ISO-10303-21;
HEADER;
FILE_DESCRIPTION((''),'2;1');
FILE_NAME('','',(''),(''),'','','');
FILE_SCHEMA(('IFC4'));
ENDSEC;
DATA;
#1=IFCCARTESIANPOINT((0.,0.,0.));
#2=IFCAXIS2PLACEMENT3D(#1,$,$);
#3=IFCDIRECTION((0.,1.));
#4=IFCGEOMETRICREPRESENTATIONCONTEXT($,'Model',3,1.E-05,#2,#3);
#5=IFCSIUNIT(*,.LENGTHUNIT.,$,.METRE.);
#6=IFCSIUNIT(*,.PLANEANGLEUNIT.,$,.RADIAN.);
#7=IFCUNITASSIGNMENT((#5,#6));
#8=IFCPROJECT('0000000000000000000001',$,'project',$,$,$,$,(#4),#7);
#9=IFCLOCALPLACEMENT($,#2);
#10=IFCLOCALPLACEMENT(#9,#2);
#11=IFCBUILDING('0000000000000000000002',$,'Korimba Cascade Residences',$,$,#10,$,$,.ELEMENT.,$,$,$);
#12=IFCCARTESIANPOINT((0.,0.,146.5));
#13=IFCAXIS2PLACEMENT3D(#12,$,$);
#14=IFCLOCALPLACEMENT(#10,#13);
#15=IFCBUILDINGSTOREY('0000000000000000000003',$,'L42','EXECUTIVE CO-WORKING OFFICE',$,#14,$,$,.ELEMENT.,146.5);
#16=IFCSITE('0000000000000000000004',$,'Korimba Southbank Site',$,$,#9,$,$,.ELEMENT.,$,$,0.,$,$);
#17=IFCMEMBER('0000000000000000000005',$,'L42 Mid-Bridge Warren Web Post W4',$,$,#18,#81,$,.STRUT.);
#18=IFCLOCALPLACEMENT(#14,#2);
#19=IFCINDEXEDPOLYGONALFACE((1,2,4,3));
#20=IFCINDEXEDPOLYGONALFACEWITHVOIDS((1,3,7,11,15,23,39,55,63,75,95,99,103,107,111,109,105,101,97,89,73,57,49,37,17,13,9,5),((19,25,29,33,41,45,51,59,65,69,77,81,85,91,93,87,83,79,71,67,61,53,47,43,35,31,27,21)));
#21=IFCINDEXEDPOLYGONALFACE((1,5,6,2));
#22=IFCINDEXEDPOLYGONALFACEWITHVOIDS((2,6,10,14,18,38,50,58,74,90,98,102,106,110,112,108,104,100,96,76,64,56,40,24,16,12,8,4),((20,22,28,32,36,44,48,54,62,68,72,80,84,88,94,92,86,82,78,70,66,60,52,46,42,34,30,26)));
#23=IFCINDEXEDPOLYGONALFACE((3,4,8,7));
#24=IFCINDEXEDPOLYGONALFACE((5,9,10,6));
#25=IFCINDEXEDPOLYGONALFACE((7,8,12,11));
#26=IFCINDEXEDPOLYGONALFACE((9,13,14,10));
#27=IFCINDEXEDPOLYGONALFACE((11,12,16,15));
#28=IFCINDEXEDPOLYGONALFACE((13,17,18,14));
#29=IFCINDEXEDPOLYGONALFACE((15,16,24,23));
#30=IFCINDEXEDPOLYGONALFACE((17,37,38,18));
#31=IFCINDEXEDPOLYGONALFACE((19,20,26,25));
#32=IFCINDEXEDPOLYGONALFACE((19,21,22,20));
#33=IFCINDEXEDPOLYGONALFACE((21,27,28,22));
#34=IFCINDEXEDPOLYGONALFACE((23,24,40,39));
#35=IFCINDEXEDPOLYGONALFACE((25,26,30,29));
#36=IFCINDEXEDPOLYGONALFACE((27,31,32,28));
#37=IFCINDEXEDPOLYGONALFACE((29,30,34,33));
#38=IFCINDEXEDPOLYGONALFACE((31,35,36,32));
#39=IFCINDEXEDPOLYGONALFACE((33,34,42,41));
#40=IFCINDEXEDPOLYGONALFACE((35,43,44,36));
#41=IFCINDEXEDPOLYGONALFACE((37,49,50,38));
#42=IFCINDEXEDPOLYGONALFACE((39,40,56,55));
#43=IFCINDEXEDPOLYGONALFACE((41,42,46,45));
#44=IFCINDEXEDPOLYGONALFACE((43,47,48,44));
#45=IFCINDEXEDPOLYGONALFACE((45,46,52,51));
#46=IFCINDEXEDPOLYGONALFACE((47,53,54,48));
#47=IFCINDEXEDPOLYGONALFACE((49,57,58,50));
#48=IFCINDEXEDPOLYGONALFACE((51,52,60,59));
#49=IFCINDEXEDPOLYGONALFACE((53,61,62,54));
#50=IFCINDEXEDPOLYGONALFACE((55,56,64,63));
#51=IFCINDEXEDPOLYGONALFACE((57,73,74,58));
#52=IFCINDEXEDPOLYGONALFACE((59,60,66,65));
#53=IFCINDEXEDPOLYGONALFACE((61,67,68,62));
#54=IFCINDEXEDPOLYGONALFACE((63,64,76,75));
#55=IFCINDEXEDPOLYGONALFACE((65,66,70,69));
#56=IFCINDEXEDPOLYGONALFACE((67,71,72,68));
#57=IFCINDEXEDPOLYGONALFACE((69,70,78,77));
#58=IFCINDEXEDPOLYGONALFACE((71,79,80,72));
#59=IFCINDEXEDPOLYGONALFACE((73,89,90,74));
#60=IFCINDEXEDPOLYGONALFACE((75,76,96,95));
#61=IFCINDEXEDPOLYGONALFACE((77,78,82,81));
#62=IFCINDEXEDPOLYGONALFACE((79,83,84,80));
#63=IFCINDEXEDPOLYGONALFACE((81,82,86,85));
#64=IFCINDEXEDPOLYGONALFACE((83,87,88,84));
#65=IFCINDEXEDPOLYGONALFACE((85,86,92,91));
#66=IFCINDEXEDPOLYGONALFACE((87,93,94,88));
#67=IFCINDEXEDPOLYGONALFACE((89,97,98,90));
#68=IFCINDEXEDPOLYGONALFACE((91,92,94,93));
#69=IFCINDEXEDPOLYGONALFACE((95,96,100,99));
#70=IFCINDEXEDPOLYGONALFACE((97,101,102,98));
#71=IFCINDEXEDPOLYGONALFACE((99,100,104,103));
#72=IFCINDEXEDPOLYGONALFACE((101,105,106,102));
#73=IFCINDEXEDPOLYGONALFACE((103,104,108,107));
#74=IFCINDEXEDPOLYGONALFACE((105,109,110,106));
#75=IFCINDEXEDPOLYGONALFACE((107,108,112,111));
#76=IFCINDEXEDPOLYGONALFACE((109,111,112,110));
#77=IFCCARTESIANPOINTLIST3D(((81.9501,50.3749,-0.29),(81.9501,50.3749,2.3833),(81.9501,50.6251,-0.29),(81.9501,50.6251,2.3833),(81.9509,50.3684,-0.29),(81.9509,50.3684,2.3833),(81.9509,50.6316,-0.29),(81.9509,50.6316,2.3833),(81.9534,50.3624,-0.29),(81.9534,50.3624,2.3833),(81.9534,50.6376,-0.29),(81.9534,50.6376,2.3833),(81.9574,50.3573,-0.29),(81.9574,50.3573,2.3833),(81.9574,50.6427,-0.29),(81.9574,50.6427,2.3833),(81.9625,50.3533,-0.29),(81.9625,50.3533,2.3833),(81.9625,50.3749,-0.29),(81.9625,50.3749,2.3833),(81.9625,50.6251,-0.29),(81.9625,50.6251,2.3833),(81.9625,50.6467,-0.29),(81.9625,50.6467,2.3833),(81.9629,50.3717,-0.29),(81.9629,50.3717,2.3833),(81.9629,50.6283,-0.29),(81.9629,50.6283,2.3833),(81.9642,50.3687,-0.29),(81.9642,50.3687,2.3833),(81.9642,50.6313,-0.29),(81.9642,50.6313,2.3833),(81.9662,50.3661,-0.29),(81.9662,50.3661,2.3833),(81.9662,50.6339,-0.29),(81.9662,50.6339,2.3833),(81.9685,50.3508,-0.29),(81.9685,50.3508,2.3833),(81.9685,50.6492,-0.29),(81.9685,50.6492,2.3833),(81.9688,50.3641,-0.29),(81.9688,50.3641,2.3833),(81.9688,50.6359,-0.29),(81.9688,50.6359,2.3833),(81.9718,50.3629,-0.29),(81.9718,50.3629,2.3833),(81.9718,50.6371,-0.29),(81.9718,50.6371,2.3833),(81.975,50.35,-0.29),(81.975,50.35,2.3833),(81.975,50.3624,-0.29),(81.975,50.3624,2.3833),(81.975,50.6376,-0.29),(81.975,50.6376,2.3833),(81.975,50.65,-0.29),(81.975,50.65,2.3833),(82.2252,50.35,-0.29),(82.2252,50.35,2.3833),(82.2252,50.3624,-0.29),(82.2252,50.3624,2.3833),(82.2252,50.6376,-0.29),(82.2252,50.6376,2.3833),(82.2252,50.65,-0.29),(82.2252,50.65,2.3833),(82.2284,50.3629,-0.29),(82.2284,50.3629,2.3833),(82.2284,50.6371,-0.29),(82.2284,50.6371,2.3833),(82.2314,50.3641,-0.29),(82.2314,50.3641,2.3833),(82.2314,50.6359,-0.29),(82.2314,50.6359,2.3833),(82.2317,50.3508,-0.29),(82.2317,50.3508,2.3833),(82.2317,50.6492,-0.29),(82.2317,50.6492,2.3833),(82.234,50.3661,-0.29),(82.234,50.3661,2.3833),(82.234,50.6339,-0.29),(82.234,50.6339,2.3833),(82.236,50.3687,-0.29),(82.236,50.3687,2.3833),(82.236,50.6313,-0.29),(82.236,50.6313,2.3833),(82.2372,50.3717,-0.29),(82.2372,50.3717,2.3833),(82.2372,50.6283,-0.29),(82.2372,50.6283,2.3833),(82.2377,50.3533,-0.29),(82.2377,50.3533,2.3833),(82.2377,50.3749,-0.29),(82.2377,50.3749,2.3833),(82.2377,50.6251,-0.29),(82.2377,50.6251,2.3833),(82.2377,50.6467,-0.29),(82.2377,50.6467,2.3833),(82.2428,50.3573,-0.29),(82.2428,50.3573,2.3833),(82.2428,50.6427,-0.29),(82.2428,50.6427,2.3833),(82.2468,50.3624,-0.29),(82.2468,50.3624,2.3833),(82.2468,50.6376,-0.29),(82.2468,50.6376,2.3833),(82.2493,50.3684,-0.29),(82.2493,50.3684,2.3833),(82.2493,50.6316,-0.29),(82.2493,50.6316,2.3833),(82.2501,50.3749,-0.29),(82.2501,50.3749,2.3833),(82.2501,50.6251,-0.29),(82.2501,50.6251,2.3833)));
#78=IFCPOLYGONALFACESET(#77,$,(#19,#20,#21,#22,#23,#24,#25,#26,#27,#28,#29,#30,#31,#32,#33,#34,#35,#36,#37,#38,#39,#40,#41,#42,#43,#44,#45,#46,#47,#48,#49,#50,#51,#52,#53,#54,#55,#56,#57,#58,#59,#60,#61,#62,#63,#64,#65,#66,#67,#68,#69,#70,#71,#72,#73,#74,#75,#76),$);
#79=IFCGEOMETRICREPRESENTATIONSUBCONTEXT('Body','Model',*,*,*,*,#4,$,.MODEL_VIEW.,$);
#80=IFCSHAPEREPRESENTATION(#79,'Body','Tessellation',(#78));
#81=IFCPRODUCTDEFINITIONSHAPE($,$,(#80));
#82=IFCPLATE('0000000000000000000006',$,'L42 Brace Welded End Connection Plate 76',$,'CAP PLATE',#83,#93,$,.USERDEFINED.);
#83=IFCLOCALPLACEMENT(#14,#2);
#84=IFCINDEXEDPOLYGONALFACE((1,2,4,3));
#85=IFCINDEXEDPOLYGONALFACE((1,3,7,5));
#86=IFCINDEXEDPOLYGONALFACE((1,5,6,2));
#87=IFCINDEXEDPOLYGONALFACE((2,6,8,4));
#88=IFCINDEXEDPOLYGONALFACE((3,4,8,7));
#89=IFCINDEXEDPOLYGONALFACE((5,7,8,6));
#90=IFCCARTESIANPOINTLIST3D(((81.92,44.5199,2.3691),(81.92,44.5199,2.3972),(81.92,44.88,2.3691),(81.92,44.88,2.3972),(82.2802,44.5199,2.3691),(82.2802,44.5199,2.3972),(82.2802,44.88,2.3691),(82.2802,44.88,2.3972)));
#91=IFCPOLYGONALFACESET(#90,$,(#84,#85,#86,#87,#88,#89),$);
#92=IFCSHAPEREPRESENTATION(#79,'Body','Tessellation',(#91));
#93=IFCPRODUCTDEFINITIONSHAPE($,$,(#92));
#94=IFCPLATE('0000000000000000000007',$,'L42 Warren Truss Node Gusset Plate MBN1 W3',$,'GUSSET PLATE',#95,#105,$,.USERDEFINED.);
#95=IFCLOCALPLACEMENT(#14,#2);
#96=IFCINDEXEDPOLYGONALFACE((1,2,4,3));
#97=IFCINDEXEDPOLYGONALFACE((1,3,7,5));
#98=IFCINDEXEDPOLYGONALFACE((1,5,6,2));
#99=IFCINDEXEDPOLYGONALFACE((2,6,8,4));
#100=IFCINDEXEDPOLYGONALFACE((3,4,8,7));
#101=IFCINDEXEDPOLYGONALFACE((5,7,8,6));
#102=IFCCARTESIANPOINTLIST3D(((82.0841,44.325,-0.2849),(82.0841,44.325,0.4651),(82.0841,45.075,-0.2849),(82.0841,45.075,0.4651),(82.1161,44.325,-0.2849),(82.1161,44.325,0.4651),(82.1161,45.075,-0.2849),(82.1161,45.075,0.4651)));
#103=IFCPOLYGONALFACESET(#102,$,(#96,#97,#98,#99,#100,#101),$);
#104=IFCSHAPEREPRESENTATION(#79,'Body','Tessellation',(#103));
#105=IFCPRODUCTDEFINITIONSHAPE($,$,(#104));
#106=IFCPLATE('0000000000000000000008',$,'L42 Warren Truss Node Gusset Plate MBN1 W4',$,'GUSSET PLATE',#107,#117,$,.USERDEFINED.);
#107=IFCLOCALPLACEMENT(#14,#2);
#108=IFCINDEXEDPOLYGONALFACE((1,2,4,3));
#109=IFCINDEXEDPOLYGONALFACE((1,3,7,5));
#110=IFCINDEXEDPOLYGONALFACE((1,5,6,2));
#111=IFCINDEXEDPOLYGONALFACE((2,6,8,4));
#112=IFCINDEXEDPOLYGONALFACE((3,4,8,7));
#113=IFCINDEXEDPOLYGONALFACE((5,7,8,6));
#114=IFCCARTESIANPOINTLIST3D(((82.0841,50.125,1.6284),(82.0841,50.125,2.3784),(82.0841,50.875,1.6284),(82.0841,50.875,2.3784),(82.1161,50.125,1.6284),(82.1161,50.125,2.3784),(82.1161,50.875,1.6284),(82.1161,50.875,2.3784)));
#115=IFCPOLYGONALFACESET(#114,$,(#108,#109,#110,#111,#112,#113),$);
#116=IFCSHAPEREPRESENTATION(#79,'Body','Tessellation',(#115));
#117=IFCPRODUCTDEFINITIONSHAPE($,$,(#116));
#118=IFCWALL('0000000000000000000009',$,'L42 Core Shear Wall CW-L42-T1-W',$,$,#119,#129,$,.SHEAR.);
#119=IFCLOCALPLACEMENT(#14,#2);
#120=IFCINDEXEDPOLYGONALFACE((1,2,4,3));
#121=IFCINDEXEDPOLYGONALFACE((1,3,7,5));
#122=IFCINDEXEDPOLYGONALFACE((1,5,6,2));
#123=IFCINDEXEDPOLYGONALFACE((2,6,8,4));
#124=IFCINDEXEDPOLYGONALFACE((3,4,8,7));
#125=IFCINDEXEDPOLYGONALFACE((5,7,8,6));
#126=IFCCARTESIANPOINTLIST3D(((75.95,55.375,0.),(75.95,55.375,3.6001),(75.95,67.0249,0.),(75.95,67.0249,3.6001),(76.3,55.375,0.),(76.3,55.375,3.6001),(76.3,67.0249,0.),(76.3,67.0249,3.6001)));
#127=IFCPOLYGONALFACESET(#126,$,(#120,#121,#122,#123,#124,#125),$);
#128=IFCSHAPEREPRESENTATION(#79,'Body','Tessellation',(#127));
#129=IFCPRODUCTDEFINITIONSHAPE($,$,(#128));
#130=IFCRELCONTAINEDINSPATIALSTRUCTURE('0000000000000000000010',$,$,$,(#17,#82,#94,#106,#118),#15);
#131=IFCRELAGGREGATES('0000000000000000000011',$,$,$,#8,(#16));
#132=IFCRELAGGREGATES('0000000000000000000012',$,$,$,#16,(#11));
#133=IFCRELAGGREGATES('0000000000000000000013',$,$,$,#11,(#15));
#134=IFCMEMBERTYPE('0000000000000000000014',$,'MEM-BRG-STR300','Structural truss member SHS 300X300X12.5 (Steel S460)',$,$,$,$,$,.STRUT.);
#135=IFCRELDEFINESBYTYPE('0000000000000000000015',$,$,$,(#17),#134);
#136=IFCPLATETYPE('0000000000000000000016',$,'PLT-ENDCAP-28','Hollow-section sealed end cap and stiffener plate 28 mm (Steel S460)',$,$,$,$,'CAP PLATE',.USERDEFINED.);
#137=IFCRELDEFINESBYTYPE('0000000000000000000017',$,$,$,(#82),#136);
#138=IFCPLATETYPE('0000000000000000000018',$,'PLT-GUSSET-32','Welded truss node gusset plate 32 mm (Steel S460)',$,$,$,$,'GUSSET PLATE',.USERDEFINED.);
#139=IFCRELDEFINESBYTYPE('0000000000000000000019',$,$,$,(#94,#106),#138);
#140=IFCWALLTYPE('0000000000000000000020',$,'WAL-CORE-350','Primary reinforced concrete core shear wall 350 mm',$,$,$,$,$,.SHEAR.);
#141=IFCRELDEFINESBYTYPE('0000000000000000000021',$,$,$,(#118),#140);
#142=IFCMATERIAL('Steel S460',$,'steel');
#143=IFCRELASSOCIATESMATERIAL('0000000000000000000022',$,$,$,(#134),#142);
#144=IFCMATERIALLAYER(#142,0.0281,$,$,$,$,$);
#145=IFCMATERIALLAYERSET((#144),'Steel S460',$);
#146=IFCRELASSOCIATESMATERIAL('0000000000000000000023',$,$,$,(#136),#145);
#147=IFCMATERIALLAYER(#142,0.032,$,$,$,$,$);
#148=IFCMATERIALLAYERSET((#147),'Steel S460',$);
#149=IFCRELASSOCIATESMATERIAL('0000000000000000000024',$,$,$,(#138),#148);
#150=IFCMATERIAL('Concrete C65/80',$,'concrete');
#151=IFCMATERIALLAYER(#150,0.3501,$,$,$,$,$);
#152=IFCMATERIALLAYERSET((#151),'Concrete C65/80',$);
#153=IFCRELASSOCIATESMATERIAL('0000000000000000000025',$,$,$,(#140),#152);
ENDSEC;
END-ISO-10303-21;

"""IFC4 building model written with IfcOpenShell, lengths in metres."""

from ifc_helpers import new_model, si_unit, direction, frame, frame_2d, origin, origin_2d, place, context, subcontext, project, spatial, rectangle, hollow_rectangle, extrude, material, layer, layer_set, material_profile, profile_set, type_object, element, save


model = new_model("IFC4")

# Units and contexts
model_context = context("Model", 3, precision=1e-05, world=origin(), true_north=direction((0.0, 1.0)))
body_context = subcontext(model_context, "Body", "Model", "MODEL_VIEW")
ifc_project = project(units=[si_unit("LENGTHUNIT", "METRE"), si_unit("PLANEANGLEUNIT", "RADIAN")], contexts=[model_context])

# Site, building, storey
site_placement = place(None, origin())
site = spatial("IfcSite", under=ifc_project, at=site_placement, Name="Korimba Southbank Site", CompositionType="ELEMENT", RefElevation=0.0)
building_placement = place(site_placement, origin())
building = spatial("IfcBuilding", under=site, at=building_placement, Name="Korimba Cascade Residences", CompositionType="ELEMENT")
storey_placement = place(building_placement, frame((0.0, 0.0, 146.5)))
storey = spatial("IfcBuildingStorey", under=building, at=storey_placement, Name="L42", Description="EXECUTIVE CO-WORKING OFFICE", CompositionType="ELEMENT", Elevation=146.5)

# Shared definitions
ifc_material_1 = material(Name="Steel S460", Category="steel")

# Member
ifc_material_profile_1 = material_profile(ifc_material_1, hollow_rectangle(XDim=0.3, YDim=0.3, WallThickness=0.0125, InnerFilletRadius=0.0125, OuterFilletRadius=0.0249, at=origin_2d()), Name="Steel S460")
ifc_profile_set_1 = profile_set([ifc_material_profile_1], Name="Steel S460")
member_type_1 = type_object("IfcMemberType", Name="MEM-BRG-STR300", Description="Structural truss member SHS 300X300X12.5 (Steel S460)", PredefinedType="STRUT", material=ifc_profile_set_1)
for number, where, z_axis, x_axis, name in (
    (1, (82.1001, 50.5, -0.29), (0.0, 0.0, 1.0), (1.0, 0.0, 0.0), "L42 Mid-Bridge Warren Web Post W4"),
):
    element("IfcMember", number, at=place(storey_placement, frame(where, z_axis=z_axis, x_axis=x_axis)), inside=storey, type_object=member_type_1, Name=name, PredefinedType="STRUT", context=body_context, shape_type="SweptSolid", body=[
        extrude(hollow_rectangle(XDim=0.3, YDim=0.3, WallThickness=0.0125, InnerFilletRadius=0.0125, OuterFilletRadius=0.0249, at=origin_2d()), origin(), (0.0, 0.0, 1.0), 2.6733),
    ])

# Plates
ifc_layer_1 = layer(ifc_material_1, 0.0281)
ifc_layer_set_1 = layer_set([ifc_layer_1], Name="Steel S460")
plate_type_1 = type_object("IfcPlateType", Name="PLT-ENDCAP-28", Description="Hollow-section sealed end cap and stiffener plate 28 mm (Steel S460)", ElementType="CAP PLATE", PredefinedType="USERDEFINED", material=ifc_layer_set_1)
plate_placement = place(storey_placement, frame((82.1001, 44.7, 2.3691), z_axis=(0.0, 0.0, 1.0), x_axis=(1.0, 0.0, 0.0)))
element("IfcPlate", 2, at=plate_placement, inside=storey, type_object=plate_type_1, Name="L42 Brace Welded End Connection Plate 76", ObjectType="CAP PLATE", PredefinedType="USERDEFINED", context=body_context, shape_type="SweptSolid", body=[
    extrude(rectangle(XDim=0.3601, YDim=0.3601, at=origin_2d()), origin(), (0.0, 0.0, 1.0), 0.0281),
])
ifc_layer_2 = layer(ifc_material_1, 0.032)
ifc_layer_set_2 = layer_set([ifc_layer_2], Name="Steel S460")
plate_type_2 = type_object("IfcPlateType", Name="PLT-GUSSET-32", Description="Welded truss node gusset plate 32 mm (Steel S460)", ElementType="GUSSET PLATE", PredefinedType="USERDEFINED", material=ifc_layer_set_2)
for number, where, z_axis, x_axis, name in (
    (3, (82.1001, 44.7, -0.2849), (0.0, 0.0, 1.0), (1.0, 0.0, 0.0), "L42 Warren Truss Node Gusset Plate MBN1 W3"),
    (4, (82.1001, 50.5, 1.6284), (0.0, 0.0, 1.0), (1.0, 0.0, 0.0), "L42 Warren Truss Node Gusset Plate MBN1 W4"),
):
    element("IfcPlate", number, at=place(storey_placement, frame(where, z_axis=z_axis, x_axis=x_axis)), inside=storey, type_object=plate_type_2, Name=name, ObjectType="GUSSET PLATE", PredefinedType="USERDEFINED", context=body_context, shape_type="SweptSolid", body=[
        extrude(rectangle(XDim=0.032, YDim=0.75, at=origin_2d()), origin(), (0.0, 0.0, 1.0), 0.75),
    ])

# Wall
ifc_material_2 = material(Name="Concrete C65/80", Category="concrete")
ifc_layer_3 = layer(ifc_material_2, 0.3501)
ifc_layer_set_3 = layer_set([ifc_layer_3], Name="Concrete C65/80")
wall_type_1 = type_object("IfcWallType", Name="WAL-CORE-350", Description="Primary reinforced concrete core shear wall 350 mm", PredefinedType="SHEAR", material=ifc_layer_set_3)
wall_1_placement = place(storey_placement, frame((76.125, 55.375, 0.0), z_axis=(0.0, 0.0, 1.0), x_axis=(0.0, 1.0, 0.0)))
element("IfcWall", 5, at=wall_1_placement, inside=storey, type_object=wall_type_1, Name="L42 Core Shear Wall CW-L42-T1-W", PredefinedType="SHEAR", context=body_context, shape_type="SweptSolid", body=[
    extrude(rectangle(XDim=11.6499, YDim=0.3501, at=frame_2d((5.825, 0.0))), origin(), (0.0, 0.0, 1.0), 3.6001),
])

save(model, "model.ifc")
